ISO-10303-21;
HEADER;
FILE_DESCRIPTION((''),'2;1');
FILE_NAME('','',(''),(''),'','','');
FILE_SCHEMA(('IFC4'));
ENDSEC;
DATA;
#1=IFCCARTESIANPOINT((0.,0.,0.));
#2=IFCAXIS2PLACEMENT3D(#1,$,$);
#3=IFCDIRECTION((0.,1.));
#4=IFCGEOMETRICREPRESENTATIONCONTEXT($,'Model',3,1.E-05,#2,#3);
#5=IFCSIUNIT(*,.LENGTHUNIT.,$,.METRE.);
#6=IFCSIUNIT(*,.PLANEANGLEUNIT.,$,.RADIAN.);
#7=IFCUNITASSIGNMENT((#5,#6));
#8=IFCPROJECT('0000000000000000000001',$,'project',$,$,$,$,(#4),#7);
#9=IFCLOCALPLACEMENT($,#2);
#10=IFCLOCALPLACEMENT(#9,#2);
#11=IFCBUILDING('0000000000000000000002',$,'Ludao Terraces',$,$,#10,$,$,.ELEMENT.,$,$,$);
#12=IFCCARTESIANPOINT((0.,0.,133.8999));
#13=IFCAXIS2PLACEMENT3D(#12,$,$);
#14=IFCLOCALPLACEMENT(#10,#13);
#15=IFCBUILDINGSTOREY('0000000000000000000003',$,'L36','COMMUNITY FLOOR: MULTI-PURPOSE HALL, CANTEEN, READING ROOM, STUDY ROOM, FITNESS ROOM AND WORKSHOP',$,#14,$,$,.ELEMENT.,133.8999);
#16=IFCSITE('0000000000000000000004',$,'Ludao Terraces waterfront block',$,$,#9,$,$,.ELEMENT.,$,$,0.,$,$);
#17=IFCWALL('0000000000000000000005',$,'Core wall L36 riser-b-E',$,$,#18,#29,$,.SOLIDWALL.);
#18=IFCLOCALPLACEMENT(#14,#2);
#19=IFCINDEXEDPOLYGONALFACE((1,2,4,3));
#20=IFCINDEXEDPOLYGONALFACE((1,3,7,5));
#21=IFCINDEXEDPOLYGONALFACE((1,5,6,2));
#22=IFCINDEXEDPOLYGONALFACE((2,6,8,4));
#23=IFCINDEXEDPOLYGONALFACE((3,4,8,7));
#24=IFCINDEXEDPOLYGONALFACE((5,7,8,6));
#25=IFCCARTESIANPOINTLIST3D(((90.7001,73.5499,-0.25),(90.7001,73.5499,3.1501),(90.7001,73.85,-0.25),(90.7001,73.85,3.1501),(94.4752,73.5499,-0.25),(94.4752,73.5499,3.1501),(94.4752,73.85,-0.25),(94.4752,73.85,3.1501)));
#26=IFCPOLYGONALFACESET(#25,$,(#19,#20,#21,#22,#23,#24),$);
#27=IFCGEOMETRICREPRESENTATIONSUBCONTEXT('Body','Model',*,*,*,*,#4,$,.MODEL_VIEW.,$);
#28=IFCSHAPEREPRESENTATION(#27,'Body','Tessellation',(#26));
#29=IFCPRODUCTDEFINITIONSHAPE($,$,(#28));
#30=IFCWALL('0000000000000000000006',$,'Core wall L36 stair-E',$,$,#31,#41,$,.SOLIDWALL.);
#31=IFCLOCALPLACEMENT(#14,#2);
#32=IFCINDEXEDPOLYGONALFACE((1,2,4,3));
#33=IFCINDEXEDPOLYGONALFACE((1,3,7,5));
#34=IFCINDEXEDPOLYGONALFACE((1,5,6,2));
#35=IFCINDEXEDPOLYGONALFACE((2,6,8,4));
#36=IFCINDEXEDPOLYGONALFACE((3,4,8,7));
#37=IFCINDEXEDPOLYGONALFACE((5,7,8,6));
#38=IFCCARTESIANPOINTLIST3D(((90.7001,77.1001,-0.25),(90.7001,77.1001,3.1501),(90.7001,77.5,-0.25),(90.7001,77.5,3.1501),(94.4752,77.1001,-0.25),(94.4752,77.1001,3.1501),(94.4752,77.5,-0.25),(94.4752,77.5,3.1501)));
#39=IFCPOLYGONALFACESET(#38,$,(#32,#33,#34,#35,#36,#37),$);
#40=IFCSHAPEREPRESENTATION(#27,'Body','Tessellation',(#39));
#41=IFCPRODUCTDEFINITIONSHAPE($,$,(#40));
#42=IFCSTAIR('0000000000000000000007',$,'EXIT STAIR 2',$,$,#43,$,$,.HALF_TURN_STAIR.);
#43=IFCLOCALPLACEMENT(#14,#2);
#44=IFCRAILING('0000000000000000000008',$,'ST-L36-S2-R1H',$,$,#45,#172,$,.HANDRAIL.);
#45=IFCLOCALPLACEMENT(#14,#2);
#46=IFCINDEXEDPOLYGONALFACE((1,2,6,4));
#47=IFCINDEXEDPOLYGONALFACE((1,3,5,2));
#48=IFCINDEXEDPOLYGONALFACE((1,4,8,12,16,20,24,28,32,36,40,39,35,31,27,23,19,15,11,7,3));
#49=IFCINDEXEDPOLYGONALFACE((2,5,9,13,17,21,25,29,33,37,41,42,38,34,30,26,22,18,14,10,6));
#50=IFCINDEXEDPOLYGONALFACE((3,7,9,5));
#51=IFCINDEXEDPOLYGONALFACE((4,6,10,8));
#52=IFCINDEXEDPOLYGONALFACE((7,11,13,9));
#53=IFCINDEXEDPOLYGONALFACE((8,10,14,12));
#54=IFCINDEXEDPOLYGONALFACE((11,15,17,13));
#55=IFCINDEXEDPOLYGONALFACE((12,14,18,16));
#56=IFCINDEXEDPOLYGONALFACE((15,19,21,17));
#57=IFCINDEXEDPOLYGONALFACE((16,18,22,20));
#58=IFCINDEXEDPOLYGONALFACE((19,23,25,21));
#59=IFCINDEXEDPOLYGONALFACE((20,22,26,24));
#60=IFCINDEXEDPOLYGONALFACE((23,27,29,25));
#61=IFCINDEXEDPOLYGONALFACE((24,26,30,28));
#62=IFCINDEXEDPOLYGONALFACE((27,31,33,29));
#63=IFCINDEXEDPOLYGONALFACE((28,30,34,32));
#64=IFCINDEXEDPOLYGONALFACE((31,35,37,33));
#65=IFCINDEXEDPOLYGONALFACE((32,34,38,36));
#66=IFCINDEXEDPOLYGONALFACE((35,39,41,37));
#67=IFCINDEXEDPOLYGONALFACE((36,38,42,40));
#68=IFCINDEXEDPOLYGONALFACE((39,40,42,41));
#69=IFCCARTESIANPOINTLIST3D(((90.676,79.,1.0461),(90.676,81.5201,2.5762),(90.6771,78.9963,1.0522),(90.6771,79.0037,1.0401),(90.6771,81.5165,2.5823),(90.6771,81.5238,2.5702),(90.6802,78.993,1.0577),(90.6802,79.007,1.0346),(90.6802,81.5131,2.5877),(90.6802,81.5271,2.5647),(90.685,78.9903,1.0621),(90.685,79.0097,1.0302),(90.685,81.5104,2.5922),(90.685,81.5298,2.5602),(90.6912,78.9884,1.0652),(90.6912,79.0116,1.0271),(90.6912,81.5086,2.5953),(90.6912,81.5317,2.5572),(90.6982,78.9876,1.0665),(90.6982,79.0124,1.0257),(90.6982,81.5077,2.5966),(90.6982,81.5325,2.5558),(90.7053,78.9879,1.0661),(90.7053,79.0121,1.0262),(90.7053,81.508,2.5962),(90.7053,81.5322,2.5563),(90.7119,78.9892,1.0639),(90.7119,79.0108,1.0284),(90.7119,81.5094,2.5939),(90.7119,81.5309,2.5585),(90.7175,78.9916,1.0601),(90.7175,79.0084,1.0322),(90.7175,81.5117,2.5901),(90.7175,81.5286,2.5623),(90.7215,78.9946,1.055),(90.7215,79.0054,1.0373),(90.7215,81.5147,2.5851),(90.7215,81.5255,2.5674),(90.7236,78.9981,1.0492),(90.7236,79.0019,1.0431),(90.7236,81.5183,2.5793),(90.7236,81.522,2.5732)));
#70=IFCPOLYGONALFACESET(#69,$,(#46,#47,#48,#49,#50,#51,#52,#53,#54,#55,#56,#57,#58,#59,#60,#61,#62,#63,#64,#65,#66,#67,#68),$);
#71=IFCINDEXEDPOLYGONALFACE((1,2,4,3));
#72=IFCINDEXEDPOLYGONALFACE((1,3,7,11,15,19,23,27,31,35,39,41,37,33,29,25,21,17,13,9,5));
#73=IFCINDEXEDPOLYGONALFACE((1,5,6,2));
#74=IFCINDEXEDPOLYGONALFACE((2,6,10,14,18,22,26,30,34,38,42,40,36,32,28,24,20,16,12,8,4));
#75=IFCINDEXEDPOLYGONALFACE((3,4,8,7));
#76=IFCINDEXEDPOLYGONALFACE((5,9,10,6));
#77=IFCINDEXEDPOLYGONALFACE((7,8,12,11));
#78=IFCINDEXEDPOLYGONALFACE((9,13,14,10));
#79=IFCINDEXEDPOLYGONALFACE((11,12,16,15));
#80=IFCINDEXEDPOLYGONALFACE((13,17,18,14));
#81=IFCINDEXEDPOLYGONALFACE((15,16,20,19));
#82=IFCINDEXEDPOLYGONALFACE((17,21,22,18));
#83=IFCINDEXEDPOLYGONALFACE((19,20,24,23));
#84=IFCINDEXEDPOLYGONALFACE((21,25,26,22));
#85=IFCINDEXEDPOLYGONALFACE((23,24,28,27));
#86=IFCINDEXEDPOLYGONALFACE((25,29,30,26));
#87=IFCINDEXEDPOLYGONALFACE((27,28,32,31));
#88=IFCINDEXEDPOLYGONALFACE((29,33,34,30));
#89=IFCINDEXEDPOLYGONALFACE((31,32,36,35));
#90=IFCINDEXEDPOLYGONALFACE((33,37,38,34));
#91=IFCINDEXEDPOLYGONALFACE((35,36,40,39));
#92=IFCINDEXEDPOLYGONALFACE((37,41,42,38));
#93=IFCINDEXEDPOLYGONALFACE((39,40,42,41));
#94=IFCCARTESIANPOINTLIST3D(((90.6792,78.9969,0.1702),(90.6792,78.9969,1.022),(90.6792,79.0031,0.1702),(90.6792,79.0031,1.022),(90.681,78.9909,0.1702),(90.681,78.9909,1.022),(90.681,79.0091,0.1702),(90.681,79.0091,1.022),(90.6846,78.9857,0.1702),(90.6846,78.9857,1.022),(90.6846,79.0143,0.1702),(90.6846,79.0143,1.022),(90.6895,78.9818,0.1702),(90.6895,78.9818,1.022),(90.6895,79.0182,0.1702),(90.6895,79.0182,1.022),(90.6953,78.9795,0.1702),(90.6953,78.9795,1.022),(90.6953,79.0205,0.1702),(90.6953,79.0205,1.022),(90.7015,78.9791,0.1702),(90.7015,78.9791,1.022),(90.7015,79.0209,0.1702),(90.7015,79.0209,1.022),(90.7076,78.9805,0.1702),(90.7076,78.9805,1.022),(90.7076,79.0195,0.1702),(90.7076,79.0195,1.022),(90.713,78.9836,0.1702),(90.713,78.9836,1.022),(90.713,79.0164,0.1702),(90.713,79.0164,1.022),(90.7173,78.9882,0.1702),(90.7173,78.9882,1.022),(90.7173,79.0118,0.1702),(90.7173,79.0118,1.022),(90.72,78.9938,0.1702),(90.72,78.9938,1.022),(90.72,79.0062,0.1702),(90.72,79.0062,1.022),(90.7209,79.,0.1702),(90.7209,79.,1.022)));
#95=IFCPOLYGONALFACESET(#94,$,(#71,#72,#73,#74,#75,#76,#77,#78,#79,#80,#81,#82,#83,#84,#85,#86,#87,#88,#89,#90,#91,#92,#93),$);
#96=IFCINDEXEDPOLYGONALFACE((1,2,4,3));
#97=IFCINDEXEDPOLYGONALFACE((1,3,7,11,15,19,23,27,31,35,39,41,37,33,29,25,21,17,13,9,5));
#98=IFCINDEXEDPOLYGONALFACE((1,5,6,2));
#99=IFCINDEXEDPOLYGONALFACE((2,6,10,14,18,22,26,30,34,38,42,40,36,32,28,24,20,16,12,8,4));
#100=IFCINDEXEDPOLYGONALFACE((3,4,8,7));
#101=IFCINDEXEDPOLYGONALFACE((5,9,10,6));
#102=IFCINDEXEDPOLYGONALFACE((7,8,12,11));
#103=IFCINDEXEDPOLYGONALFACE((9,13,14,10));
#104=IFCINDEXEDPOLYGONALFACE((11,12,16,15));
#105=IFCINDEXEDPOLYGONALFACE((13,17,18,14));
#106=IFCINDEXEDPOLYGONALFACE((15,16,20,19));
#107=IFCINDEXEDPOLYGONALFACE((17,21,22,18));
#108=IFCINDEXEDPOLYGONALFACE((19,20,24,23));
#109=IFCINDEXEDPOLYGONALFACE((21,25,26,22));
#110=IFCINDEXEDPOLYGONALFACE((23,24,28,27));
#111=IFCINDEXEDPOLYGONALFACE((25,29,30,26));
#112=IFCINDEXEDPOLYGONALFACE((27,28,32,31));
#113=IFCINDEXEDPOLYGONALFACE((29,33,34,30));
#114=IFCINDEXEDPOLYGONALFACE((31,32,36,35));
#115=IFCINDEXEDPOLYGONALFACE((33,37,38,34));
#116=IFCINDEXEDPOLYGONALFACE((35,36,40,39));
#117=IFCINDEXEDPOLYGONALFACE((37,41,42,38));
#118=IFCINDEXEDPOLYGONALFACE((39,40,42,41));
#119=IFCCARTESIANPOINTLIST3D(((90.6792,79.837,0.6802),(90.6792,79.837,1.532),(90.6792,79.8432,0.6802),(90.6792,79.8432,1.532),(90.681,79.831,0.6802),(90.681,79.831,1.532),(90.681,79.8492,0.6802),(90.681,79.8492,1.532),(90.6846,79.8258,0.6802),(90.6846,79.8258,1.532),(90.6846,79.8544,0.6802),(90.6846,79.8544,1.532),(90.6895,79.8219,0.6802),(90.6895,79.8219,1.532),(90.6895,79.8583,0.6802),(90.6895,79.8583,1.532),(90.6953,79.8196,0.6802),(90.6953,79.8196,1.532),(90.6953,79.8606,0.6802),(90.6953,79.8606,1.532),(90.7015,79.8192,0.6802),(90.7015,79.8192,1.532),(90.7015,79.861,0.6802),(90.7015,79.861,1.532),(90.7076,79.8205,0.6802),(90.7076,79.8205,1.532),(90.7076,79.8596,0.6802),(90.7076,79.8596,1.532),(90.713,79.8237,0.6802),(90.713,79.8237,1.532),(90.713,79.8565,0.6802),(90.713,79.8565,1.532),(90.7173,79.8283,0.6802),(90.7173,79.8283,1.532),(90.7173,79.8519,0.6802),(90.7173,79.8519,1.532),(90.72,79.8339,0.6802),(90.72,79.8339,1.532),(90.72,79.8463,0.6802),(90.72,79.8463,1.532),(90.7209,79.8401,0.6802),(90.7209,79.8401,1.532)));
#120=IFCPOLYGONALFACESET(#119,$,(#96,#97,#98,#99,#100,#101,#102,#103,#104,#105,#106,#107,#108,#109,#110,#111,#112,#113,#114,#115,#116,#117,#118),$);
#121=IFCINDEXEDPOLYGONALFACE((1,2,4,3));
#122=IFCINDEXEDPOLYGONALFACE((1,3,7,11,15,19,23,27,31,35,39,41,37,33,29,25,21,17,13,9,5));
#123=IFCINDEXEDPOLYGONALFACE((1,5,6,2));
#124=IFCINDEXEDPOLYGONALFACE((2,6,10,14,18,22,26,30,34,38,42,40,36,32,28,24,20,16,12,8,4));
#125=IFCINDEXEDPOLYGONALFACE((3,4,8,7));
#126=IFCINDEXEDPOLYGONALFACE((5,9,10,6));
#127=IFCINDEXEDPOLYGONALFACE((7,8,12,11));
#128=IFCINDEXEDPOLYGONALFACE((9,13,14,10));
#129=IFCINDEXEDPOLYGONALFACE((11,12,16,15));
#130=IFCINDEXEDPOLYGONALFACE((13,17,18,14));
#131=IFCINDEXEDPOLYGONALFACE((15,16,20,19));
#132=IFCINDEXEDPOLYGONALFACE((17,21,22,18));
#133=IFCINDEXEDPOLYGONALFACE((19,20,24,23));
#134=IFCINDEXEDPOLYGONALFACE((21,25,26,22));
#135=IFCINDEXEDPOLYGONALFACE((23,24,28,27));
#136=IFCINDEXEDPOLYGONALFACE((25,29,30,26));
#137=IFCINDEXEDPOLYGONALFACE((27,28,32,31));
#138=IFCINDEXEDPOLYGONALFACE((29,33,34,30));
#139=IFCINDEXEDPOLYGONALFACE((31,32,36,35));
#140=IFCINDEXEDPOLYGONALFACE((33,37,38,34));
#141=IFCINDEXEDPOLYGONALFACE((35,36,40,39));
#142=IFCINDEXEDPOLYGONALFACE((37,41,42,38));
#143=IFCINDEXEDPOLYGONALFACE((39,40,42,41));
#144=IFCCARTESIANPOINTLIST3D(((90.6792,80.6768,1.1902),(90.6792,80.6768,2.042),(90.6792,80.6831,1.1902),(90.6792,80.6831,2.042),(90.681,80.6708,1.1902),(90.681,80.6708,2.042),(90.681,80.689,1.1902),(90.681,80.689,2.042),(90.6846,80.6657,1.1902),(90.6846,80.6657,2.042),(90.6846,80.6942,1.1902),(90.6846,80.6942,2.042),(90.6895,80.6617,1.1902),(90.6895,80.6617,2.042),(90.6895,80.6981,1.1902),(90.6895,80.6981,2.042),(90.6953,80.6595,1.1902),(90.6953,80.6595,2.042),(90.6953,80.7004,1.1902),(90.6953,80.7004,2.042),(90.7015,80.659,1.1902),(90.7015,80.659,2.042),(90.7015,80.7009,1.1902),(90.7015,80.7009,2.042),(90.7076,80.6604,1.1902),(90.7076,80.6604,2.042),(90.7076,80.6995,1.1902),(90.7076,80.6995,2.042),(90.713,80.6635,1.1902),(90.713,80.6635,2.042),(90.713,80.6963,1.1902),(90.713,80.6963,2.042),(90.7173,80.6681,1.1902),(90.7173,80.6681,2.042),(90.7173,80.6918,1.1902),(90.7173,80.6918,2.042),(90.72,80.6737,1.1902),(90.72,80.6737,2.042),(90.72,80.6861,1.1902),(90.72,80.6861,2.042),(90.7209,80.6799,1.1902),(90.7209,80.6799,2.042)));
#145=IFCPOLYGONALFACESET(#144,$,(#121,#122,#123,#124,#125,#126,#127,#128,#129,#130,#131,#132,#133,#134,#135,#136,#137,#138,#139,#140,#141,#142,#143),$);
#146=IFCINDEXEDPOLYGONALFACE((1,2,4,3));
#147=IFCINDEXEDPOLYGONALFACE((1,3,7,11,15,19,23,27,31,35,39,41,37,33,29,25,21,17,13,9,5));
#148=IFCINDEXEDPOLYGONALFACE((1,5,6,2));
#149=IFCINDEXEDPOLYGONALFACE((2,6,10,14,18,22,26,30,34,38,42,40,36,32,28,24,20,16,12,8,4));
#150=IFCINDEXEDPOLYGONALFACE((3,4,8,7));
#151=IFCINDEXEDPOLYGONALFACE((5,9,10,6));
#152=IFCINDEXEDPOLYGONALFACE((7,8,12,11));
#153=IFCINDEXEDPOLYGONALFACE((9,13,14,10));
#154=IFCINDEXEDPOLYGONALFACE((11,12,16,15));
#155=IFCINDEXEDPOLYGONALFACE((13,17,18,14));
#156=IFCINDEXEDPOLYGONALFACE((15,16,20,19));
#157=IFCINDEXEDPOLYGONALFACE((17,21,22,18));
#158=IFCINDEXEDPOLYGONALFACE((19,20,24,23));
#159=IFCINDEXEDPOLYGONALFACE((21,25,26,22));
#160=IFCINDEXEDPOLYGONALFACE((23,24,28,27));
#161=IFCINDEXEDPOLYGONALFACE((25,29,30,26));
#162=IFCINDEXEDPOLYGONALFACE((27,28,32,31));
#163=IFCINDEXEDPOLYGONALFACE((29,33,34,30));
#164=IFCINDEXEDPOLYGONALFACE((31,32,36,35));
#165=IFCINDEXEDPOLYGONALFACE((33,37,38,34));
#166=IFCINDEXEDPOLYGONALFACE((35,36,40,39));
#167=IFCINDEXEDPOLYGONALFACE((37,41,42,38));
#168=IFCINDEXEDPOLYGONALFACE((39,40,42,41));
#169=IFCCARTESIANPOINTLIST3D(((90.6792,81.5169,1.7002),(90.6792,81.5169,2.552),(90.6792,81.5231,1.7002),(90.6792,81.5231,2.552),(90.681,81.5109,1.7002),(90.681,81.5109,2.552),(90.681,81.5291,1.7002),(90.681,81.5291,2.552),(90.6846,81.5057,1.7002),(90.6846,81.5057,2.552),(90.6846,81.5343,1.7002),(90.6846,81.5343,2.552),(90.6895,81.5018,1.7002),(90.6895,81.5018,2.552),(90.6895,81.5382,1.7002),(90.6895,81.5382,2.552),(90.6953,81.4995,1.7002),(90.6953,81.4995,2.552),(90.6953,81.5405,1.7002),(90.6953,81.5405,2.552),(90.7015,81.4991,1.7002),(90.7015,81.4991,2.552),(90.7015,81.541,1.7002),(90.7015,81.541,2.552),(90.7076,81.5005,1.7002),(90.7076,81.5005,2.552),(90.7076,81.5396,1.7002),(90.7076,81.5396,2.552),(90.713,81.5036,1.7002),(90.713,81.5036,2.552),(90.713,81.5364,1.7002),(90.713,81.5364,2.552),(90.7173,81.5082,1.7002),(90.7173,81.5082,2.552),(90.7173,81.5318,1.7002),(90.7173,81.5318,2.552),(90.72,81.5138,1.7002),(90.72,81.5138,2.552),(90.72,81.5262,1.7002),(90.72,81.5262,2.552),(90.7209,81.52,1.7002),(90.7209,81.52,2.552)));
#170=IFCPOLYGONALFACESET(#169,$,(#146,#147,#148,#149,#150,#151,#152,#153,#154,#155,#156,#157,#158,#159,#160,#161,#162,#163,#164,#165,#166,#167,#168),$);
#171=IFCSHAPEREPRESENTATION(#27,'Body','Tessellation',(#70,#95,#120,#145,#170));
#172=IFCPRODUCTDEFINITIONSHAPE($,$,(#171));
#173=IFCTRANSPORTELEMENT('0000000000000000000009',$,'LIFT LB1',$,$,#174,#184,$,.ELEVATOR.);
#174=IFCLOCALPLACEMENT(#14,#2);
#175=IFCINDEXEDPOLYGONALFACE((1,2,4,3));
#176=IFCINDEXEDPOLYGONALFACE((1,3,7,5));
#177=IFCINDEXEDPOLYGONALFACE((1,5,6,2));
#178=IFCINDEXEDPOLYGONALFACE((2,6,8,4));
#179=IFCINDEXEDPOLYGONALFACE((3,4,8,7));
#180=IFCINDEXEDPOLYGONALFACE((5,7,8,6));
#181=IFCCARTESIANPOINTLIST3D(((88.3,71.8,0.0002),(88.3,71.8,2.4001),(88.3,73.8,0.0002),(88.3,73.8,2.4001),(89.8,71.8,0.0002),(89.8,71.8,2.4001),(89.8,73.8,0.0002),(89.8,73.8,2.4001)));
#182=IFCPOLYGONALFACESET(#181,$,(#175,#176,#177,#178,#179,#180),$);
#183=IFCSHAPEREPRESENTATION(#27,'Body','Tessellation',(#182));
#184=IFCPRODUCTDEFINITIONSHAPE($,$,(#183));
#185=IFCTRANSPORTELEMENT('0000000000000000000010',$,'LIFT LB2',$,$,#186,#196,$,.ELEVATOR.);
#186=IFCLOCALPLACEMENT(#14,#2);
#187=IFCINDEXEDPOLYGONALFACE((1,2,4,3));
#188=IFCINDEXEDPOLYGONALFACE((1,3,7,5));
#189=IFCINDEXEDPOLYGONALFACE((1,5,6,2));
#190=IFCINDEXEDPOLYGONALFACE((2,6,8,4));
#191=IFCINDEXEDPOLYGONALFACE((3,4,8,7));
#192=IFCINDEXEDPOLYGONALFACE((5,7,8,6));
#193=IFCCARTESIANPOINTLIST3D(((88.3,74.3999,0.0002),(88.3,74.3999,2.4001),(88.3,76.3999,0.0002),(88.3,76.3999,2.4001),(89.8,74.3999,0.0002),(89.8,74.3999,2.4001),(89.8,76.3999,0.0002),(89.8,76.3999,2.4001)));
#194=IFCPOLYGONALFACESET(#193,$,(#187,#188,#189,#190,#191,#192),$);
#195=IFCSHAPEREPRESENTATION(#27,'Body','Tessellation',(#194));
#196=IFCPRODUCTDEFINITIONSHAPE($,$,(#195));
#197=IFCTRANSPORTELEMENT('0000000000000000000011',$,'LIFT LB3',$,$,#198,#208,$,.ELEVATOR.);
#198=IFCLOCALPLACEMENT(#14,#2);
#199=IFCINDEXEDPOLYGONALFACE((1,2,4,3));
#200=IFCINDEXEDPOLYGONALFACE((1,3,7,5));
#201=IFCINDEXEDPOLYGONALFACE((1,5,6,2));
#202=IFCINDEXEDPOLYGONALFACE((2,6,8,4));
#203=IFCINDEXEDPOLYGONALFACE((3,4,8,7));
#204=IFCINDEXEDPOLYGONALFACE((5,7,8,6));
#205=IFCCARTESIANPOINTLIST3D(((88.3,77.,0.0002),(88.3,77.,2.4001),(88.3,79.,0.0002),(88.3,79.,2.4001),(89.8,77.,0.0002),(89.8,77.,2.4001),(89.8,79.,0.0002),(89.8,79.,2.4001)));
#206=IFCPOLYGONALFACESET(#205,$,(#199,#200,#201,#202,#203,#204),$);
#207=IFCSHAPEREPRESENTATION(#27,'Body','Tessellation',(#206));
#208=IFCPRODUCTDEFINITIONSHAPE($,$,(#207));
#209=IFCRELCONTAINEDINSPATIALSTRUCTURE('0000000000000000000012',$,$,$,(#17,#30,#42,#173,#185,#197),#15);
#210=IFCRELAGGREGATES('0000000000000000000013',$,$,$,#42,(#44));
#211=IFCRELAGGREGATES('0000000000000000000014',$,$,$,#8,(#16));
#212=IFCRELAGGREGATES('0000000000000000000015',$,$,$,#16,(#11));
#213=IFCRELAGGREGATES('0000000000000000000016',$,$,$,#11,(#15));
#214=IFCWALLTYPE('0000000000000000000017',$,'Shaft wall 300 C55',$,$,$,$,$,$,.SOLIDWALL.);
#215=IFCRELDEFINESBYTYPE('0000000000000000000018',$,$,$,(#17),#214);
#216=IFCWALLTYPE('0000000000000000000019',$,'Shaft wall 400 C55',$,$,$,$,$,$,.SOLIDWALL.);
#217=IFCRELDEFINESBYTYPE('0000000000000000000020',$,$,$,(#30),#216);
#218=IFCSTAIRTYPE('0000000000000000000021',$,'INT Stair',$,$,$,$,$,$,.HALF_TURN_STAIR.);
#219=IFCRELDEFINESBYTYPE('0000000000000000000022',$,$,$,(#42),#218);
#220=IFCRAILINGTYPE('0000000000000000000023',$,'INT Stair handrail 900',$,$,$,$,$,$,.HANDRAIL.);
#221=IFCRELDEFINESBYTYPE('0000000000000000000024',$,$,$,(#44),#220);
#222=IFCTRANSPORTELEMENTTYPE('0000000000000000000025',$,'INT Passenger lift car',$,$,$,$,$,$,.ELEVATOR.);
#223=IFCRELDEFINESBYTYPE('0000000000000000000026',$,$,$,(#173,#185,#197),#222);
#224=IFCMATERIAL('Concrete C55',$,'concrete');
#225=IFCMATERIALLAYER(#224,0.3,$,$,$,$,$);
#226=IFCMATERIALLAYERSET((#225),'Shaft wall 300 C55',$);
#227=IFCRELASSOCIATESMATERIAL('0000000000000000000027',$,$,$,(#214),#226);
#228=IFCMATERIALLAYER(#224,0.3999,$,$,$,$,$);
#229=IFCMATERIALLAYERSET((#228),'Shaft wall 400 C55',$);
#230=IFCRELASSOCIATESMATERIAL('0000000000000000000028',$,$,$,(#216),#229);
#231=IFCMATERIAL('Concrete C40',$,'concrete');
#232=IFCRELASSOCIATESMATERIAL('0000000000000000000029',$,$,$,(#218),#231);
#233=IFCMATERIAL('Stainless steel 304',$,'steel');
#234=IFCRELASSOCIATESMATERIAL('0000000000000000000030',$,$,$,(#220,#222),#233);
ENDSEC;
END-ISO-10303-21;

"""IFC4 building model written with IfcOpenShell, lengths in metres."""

from ifc_helpers import new_model, si_unit, direction, frame, frame_2d, origin, origin_2d, place, context, subcontext, project, spatial, rectangle, circle, extrude, material, layer, layer_set, type_object, element, aggregate, save


model = new_model("IFC4")

# Units and contexts
model_context = context("Model", 3, precision=1e-05, world=origin(), true_north=direction((0.0, 1.0)))
body_context = subcontext(model_context, "Body", "Model", "MODEL_VIEW")
ifc_project = project(units=[si_unit("LENGTHUNIT", "METRE"), si_unit("PLANEANGLEUNIT", "RADIAN")], contexts=[model_context])

# Site, building, storey
site_placement = place(None, origin())
site = spatial("IfcSite", under=ifc_project, at=site_placement, Name="Ludao Terraces waterfront block", CompositionType="ELEMENT", RefElevation=0.0)
building_placement = place(site_placement, origin())
building = spatial("IfcBuilding", under=site, at=building_placement, Name="Ludao Terraces", CompositionType="ELEMENT")
storey_placement = place(building_placement, frame((0.0, 0.0, 133.8999)))
storey = spatial("IfcBuildingStorey", under=building, at=storey_placement, Name="L36", Description="COMMUNITY FLOOR: MULTI-PURPOSE HALL, CANTEEN, READING ROOM, STUDY ROOM, FITNESS ROOM AND WORKSHOP", CompositionType="ELEMENT", Elevation=133.8999)

# Shared definitions
ifc_material_1 = material(Name="Concrete C55", Category="concrete")
ifc_layer_1 = layer(ifc_material_1, 0.3)
ifc_layer_set_1 = layer_set([ifc_layer_1], Name="Shaft wall 300 C55")
wall_type_1 = type_object("IfcWallType", Name="Shaft wall 300 C55", PredefinedType="SOLIDWALL", material=ifc_layer_set_1)

# Shared definitions
ifc_material_2 = material(Name="Stainless steel 304", Category="steel")

# Walls
wall_1_placement = place(storey_placement, frame((90.7, 73.7, -0.25), z_axis=(0.0, 0.0, 1.0), x_axis=(1.0, 0.0, 0.0)))
element("IfcWall", 1, at=wall_1_placement, inside=storey, type_object=wall_type_1, Name="Core wall L36 riser-b-E", PredefinedType="SOLIDWALL", context=body_context, shape_type="SweptSolid", body=[
    extrude(rectangle(XDim=3.7751, YDim=0.3, at=frame_2d((1.8877, 0.0))), origin(), (0.0, 0.0, 1.0), 3.4001),
])
ifc_layer_2 = layer(ifc_material_1, 0.3999)
ifc_layer_set_2 = layer_set([ifc_layer_2], Name="Shaft wall 400 C55")
wall_type_2 = type_object("IfcWallType", Name="Shaft wall 400 C55", PredefinedType="SOLIDWALL", material=ifc_layer_set_2)
wall_2_placement = place(storey_placement, frame((90.7, 77.3, -0.25), z_axis=(0.0, 0.0, 1.0), x_axis=(1.0, 0.0, 0.0)))
element("IfcWall", 2, at=wall_2_placement, inside=storey, type_object=wall_type_2, Name="Core wall L36 stair-E", PredefinedType="SOLIDWALL", context=body_context, shape_type="SweptSolid", body=[
    extrude(rectangle(XDim=3.7751, YDim=0.3999, at=frame_2d((1.8877, 0.0))), origin(), (0.0, 0.0, 1.0), 3.4001),
])

# Stair, railing
ifc_material_3 = material(Name="Concrete C40", Category="concrete")
stair_type = type_object("IfcStairType", Name="INT Stair", PredefinedType="HALF_TURN_STAIR", material=ifc_material_3)
stair_placement = place(storey_placement, origin())
stair = element("IfcStair", 3, at=stair_placement, inside=storey, type_object=stair_type, Name="EXIT STAIR 2", PredefinedType="HALF_TURN_STAIR")
railing_type = type_object("IfcRailingType", Name="INT Stair handrail 900", PredefinedType="HANDRAIL", material=ifc_material_2)
railing_placement = place(storey_placement, frame((90.7, 79.0, 0.1702)))
railing = element("IfcRailing", 4, at=railing_placement, type_object=railing_type, Name="ST-L36-S2-R1H", PredefinedType="HANDRAIL", context=body_context, shape_type="SweptSolid", body=[
    extrude(circle(Radius=0.0239, at=origin_2d()), frame((0.0, 0.0, 0.876), z_axis=(0.0, 0.854785, 0.518982), x_axis=(-1.0, 0.0, 0.0)), (0.0, 0.0, 1.0), 2.9482),
    extrude(circle(Radius=0.021, at=origin_2d()), origin(), (0.0, 0.0, 1.0), 0.8518),
    extrude(circle(Radius=0.021, at=origin_2d()), frame((0.0, 0.8401, 0.51)), (0.0, 0.0, 1.0), 0.8518),
    extrude(circle(Radius=0.021, at=origin_2d()), frame((0.0, 1.6799, 1.02)), (0.0, 0.0, 1.0), 0.8518),
    extrude(circle(Radius=0.021, at=origin_2d()), frame((0.0, 2.52, 1.53)), (0.0, 0.0, 1.0), 0.8518),
])
aggregate(stair, [railing])

# Transport elements
transport_element_type = type_object("IfcTransportElementType", Name="INT Passenger lift car", PredefinedType="ELEVATOR", material=ifc_material_2)
for number, where, z_axis, x_axis, name in (
    (5, (89.05, 72.8, 0.0002), (0.0, 0.0, 1.0), (1.0, 0.0, 0.0), "LIFT LB1"),
    (6, (89.05, 75.3999, 0.0002), (0.0, 0.0, 1.0), (1.0, 0.0, 0.0), "LIFT LB2"),
    (7, (89.05, 78.0, 0.0002), (0.0, 0.0, 1.0), (1.0, 0.0, 0.0), "LIFT LB3"),
):
    element("IfcTransportElement", number, at=place(storey_placement, frame(where, z_axis=z_axis, x_axis=x_axis)), inside=storey, type_object=transport_element_type, Name=name, PredefinedType="ELEVATOR", context=body_context, shape_type="SweptSolid", body=[
        extrude(rectangle(XDim=1.5, YDim=2.0, at=origin_2d()), origin(), (0.0, 0.0, 1.0), 2.3999),
    ])

save(model, "model.ifc")
